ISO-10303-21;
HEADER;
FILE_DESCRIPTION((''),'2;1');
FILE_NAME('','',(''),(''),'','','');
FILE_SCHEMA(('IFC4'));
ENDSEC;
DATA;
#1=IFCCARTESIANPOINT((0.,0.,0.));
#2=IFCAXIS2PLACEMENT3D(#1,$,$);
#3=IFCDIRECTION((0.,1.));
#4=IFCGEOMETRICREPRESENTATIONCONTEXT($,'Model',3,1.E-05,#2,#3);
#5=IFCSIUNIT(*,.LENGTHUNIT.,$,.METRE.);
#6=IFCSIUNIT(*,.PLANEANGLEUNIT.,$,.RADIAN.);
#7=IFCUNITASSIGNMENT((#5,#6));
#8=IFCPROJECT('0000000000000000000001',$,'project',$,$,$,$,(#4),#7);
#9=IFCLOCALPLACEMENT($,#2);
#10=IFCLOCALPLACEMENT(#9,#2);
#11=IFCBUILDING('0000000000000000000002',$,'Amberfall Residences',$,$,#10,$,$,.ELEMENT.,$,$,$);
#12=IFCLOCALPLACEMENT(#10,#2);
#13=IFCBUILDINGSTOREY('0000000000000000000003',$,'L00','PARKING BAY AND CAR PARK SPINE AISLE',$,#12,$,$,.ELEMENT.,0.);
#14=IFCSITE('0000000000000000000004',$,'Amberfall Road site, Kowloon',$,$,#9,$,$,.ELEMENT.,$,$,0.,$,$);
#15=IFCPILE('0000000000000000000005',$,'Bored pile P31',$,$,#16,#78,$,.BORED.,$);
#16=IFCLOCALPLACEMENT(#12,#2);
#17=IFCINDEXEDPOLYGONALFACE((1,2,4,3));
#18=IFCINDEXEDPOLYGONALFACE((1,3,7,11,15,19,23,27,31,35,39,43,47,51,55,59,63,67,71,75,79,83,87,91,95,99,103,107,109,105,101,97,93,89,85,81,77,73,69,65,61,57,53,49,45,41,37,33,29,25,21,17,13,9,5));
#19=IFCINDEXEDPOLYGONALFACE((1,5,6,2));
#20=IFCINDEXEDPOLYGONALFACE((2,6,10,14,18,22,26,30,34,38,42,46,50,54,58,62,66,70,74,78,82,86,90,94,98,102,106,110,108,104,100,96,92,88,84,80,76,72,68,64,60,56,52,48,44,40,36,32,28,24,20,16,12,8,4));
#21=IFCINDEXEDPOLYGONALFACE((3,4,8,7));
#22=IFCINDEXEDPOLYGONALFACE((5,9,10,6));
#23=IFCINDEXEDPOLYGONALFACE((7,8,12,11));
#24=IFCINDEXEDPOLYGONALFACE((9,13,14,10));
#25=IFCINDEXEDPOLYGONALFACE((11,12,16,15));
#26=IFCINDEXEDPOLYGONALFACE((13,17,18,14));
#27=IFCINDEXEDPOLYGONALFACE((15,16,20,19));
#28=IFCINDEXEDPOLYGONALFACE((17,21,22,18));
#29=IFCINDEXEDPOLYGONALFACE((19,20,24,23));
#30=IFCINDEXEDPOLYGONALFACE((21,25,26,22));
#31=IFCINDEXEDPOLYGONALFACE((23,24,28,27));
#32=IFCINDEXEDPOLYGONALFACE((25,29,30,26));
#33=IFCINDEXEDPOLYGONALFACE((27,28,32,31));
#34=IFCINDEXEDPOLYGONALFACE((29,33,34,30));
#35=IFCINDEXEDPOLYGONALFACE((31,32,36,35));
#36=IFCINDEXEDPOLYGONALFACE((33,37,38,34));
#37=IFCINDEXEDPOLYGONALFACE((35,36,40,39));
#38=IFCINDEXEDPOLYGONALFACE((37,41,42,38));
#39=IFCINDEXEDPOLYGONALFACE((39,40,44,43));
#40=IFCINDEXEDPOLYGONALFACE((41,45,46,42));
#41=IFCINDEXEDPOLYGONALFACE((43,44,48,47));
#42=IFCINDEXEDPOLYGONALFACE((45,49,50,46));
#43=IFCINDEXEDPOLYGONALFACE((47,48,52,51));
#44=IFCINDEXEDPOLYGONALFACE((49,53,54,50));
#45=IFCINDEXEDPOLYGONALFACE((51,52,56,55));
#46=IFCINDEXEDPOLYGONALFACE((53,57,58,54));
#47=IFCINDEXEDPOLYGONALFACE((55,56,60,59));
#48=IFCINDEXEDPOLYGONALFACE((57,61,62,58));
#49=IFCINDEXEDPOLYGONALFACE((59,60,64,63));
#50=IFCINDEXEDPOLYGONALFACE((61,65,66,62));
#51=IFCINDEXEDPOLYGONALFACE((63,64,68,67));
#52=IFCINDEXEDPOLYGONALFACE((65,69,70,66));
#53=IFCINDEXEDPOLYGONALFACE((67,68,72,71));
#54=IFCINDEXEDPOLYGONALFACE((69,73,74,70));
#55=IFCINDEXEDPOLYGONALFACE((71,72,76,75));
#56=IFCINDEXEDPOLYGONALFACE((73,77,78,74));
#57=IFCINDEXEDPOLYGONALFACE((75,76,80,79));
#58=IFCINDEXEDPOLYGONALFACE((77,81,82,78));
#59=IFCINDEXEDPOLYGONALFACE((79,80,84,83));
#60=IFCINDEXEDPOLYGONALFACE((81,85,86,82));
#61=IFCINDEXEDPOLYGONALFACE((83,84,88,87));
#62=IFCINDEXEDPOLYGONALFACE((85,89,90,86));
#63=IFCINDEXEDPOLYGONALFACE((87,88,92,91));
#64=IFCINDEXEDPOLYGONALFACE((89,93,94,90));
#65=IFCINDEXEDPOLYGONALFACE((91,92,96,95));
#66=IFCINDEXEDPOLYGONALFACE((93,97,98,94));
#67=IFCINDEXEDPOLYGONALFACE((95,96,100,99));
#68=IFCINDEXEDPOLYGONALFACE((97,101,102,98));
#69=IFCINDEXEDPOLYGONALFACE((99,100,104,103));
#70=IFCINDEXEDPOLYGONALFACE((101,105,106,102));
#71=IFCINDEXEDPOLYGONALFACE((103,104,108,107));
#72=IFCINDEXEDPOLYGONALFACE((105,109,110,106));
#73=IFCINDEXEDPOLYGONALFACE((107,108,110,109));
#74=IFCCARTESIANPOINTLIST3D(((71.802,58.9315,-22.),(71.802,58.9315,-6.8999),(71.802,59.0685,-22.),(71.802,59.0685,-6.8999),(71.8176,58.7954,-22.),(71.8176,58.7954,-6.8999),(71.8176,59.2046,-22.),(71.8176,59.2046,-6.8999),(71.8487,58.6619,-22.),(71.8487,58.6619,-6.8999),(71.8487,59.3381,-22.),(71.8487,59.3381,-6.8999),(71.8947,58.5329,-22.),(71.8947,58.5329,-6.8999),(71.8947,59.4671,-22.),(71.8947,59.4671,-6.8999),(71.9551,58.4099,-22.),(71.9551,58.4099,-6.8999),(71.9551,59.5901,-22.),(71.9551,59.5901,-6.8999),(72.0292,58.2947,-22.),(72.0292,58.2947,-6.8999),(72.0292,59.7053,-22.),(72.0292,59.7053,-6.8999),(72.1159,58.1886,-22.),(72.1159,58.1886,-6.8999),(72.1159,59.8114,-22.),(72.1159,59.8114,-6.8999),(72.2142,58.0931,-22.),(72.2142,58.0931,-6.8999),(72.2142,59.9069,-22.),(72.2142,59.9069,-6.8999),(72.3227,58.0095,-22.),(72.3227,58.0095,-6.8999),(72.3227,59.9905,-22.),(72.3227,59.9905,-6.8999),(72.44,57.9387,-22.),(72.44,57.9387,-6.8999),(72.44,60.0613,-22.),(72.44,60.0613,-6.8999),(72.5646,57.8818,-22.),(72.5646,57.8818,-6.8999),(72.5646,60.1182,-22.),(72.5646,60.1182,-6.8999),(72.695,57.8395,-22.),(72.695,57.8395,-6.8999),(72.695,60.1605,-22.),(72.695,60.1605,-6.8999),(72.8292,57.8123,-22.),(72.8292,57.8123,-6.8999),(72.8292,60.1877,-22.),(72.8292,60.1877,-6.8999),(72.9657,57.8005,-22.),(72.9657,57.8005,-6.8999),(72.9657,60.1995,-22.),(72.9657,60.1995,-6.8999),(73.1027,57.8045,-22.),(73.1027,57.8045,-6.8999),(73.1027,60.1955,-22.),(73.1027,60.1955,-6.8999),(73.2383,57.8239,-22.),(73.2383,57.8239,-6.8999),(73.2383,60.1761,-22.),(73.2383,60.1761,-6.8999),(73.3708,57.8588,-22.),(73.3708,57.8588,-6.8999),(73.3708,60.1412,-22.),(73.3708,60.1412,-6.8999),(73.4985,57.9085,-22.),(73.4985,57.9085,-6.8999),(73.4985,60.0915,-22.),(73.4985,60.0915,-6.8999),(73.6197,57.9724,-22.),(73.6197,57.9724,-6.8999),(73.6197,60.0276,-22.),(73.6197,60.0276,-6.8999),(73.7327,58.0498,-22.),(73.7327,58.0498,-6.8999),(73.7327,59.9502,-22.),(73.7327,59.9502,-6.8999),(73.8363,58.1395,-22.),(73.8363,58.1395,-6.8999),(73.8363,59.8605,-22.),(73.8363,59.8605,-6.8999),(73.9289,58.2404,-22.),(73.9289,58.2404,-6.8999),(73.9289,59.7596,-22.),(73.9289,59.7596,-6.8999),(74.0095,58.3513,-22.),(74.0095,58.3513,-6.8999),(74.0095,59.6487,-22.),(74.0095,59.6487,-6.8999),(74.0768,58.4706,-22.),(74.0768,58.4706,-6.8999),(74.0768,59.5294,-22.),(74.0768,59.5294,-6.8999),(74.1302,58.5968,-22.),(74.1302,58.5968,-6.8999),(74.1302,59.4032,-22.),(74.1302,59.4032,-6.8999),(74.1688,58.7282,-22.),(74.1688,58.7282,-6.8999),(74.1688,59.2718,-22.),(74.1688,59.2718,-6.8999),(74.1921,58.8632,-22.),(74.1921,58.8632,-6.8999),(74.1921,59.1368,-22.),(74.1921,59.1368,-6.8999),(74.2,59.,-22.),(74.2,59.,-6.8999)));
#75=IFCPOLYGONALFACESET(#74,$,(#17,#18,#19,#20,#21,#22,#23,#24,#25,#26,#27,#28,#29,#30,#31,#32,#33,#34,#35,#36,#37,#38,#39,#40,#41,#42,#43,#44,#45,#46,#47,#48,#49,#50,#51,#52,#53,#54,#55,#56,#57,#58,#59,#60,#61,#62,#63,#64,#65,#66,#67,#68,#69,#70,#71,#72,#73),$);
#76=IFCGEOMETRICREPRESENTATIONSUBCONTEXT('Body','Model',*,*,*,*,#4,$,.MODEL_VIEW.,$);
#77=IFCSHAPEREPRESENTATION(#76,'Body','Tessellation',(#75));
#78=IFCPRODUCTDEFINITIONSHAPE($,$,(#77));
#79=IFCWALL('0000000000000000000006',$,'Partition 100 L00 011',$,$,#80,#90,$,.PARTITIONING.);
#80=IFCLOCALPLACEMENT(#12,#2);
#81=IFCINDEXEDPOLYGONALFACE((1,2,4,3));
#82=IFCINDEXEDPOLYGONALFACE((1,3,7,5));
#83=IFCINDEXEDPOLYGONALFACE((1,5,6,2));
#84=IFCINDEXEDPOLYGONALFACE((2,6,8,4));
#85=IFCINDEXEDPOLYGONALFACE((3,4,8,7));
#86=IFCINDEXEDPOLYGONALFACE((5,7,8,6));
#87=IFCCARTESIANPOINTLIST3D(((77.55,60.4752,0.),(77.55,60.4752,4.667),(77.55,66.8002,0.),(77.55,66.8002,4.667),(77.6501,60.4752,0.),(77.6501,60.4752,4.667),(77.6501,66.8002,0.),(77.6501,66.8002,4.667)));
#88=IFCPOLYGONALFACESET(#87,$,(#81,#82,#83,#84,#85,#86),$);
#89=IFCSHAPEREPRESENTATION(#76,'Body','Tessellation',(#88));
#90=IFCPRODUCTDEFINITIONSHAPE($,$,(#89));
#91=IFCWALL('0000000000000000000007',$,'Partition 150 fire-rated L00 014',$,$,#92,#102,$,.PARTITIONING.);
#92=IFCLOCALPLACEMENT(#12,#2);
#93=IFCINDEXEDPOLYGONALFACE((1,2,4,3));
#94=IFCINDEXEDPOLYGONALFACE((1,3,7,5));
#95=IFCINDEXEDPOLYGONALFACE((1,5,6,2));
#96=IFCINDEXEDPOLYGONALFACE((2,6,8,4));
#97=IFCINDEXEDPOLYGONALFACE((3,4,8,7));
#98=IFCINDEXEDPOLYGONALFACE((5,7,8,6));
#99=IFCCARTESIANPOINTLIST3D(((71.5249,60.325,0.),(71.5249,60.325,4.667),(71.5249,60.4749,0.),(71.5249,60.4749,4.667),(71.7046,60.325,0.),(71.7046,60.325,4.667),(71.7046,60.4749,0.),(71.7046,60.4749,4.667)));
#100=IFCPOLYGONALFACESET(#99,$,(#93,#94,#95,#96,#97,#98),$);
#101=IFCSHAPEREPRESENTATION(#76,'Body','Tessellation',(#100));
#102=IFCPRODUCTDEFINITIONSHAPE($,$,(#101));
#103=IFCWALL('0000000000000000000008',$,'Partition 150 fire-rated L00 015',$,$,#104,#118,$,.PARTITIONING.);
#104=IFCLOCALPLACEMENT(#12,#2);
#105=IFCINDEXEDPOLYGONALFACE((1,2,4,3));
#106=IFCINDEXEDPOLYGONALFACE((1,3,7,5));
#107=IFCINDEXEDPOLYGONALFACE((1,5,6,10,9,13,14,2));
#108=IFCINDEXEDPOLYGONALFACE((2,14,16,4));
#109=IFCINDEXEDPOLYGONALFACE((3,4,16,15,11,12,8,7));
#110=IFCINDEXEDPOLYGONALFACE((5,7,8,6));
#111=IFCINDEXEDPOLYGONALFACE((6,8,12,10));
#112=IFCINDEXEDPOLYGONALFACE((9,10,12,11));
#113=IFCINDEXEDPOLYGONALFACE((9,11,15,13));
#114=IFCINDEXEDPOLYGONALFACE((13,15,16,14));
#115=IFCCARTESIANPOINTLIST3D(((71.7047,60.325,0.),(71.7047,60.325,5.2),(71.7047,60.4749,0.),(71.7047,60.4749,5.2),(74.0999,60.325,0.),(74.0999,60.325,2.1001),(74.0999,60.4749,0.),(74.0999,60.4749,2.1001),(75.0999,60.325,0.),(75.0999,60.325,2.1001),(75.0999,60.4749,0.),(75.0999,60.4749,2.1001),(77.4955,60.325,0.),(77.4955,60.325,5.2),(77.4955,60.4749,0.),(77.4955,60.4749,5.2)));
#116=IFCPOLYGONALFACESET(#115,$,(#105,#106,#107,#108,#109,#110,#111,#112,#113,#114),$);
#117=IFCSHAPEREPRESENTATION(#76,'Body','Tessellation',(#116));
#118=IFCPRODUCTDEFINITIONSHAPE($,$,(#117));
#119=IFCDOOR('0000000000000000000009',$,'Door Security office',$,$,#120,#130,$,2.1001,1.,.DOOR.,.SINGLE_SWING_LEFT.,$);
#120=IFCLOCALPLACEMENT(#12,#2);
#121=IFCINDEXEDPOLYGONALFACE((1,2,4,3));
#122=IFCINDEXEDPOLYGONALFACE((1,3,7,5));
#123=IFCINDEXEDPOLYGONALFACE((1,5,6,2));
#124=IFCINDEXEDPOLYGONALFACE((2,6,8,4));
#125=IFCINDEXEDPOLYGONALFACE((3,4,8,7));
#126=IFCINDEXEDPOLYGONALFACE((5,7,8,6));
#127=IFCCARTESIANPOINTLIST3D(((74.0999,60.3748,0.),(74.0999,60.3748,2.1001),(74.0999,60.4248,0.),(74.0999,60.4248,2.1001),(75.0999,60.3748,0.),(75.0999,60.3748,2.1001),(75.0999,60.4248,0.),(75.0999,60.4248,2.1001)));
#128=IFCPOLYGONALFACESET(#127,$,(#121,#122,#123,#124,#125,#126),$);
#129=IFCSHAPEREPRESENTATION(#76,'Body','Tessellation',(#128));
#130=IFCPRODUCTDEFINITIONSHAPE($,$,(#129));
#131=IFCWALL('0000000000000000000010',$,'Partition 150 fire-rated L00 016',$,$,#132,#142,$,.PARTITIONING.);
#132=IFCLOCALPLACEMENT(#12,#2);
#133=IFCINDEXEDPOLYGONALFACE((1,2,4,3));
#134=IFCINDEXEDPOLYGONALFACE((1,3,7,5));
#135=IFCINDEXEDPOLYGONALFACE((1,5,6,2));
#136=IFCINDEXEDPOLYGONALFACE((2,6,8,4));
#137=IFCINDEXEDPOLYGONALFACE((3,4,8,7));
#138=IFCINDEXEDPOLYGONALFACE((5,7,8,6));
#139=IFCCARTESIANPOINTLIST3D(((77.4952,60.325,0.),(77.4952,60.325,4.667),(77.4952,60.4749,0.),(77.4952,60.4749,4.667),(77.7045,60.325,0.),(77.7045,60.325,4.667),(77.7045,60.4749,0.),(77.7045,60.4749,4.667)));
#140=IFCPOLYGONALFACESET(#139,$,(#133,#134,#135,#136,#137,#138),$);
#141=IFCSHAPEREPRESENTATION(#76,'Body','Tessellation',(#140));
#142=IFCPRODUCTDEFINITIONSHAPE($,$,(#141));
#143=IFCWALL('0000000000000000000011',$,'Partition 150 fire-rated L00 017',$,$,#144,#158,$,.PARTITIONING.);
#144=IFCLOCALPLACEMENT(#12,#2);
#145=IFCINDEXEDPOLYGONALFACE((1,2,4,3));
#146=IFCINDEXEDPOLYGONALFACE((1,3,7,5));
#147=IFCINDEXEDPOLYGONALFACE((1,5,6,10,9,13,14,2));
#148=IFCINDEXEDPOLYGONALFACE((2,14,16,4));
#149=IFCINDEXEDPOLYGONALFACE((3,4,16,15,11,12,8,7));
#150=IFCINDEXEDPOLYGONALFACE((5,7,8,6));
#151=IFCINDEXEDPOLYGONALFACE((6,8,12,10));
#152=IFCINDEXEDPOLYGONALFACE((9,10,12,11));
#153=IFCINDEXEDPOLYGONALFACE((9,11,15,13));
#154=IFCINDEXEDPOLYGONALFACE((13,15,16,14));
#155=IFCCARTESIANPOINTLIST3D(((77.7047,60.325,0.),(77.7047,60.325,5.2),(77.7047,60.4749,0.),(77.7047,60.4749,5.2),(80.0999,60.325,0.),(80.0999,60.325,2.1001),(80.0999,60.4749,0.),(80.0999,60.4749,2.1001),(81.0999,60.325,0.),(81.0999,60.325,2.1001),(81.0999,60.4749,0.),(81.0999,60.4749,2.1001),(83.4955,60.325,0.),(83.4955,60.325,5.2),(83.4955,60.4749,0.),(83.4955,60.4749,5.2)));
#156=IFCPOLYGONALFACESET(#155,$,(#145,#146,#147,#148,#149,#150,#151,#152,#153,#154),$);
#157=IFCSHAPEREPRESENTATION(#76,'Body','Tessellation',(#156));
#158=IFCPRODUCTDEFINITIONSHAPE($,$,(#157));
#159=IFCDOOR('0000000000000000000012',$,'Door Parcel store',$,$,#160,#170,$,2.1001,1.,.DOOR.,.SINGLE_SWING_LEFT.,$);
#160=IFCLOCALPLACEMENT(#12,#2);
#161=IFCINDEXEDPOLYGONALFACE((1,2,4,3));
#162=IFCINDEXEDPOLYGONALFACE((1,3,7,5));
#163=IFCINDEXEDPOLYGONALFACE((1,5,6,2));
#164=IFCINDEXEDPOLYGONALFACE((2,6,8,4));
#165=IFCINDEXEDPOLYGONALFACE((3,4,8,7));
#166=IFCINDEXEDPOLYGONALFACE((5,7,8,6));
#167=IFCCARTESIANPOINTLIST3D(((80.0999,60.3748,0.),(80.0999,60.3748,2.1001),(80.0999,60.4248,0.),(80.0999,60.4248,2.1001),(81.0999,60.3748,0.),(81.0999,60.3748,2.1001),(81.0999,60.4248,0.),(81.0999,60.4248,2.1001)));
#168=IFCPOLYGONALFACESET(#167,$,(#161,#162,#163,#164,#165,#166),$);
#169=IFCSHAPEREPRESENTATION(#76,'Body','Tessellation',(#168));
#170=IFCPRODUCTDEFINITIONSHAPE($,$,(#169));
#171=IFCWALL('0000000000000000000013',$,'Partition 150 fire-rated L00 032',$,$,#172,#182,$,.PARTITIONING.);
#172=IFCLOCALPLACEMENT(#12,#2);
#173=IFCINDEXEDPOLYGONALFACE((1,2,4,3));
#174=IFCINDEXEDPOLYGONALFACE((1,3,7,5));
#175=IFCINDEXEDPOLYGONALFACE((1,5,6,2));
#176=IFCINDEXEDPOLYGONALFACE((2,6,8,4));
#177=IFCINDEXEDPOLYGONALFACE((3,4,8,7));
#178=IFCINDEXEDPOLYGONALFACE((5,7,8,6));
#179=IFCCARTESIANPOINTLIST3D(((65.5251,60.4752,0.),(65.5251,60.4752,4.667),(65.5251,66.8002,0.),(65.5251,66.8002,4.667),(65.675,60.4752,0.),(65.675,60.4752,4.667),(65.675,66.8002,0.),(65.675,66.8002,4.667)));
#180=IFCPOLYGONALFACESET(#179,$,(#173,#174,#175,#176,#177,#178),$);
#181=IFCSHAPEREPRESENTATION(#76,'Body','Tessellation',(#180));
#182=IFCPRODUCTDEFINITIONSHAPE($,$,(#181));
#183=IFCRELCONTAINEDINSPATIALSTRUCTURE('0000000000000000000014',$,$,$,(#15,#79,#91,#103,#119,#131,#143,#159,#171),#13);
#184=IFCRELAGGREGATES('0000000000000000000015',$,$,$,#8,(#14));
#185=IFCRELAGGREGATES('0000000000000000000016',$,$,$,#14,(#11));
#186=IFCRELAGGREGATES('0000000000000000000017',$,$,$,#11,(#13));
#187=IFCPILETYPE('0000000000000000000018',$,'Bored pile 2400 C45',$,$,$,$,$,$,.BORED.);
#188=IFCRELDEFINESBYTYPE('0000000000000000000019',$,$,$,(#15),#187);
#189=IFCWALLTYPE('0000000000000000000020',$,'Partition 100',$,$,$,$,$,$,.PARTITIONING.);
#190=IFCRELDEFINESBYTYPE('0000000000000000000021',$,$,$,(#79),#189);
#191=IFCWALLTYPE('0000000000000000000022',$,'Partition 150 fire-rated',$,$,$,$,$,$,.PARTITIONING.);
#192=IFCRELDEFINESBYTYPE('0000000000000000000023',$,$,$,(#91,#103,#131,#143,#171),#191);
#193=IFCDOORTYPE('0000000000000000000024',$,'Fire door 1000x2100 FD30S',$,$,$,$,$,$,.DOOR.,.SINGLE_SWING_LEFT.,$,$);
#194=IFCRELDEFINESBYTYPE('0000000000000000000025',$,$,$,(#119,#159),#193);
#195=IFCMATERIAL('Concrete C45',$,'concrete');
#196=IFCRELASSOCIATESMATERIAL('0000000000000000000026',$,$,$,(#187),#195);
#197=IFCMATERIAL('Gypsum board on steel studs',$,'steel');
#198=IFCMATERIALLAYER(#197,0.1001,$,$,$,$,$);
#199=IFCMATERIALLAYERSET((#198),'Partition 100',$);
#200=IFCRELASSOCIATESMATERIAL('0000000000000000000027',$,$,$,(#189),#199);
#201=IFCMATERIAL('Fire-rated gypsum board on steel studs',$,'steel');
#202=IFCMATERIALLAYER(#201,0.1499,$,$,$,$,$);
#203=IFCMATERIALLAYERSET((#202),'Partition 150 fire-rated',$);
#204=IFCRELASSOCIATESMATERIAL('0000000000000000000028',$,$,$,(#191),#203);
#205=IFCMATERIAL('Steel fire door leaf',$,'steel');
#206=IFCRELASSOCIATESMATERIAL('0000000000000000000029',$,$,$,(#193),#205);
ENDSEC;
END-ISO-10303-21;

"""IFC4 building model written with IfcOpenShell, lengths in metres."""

from ifc_helpers import new_model, si_unit, direction, frame, frame_2d, origin, origin_2d, place, context, subcontext, project, spatial, rectangle, circle, extrude, material, layer, layer_set, material_profile, profile_set, type_object, element, fill, save


model = new_model("IFC4")

# Units and contexts
model_context = context("Model", 3, precision=1e-05, world=origin(), true_north=direction((0.0, 1.0)))
body_context = subcontext(model_context, "Body", "Model", "MODEL_VIEW")
ifc_project = project(units=[si_unit("LENGTHUNIT", "METRE"), si_unit("PLANEANGLEUNIT", "RADIAN")], contexts=[model_context])

# Site, building, storey
site_placement = place(None, origin())
site = spatial("IfcSite", under=ifc_project, at=site_placement, Name="Amberfall Road site, Kowloon", CompositionType="ELEMENT", RefElevation=0.0)
building_placement = place(site_placement, origin())
building = spatial("IfcBuilding", under=site, at=building_placement, Name="Amberfall Residences", CompositionType="ELEMENT")
storey_placement = place(building_placement, origin())
storey = spatial("IfcBuildingStorey", under=building, at=storey_placement, Name="L00", Description="PARKING BAY AND CAR PARK SPINE AISLE", CompositionType="ELEMENT", Elevation=0.0)

# Pile
ifc_material_1 = material(Name="Concrete C45", Category="concrete")
ifc_material_profile = material_profile(ifc_material_1, circle(Radius=1.2, at=origin_2d()), Name="Bored pile 2400 C45")
ifc_profile_set = profile_set([ifc_material_profile], Name="Concrete C45")
pile_type = type_object("IfcPileType", Name="Bored pile 2400 C45", PredefinedType="BORED", material=ifc_profile_set)
for number, where, z_axis, x_axis, name in (
    (1, (73.0, 59.0, -6.8999), (0.0, 0.0, -1.0), (1.0, 0.0, 0.0), "Bored pile P31"),
):
    element("IfcPile", number, at=place(storey_placement, frame(where, z_axis=z_axis, x_axis=x_axis)), inside=storey, type_object=pile_type, Name=name, PredefinedType="BORED", context=body_context, shape_type="SweptSolid", body=[
        extrude(circle(Radius=1.2, at=origin_2d()), origin(), (0.0, 0.0, 1.0), 15.1001),
    ])

# Walls
ifc_material_2 = material(Name="Gypsum board on steel studs", Category="steel")
ifc_layer_1 = layer(ifc_material_2, 0.1001)
ifc_layer_set_1 = layer_set([ifc_layer_1], Name="Partition 100")
wall_type_1 = type_object("IfcWallType", Name="Partition 100", PredefinedType="PARTITIONING", material=ifc_layer_set_1)
wall_1_placement = place(storey_placement, frame((77.6001, 60.4751, 0.0), z_axis=(0.0, 0.0, 1.0), x_axis=(0.0, 1.0, 0.0)))
element("IfcWall", 2, at=wall_1_placement, inside=storey, type_object=wall_type_1, Name="Partition 100 L00 011", PredefinedType="PARTITIONING", context=body_context, shape_type="SweptSolid", body=[
    extrude(rectangle(XDim=6.325, YDim=0.1001, at=frame_2d((3.1626, 0.0))), origin(), (0.0, 0.0, 1.0), 4.667),
])
ifc_material_3 = material(Name="Fire-rated gypsum board on steel studs", Category="steel")
ifc_layer_2 = layer(ifc_material_3, 0.1499)
ifc_layer_set_2 = layer_set([ifc_layer_2], Name="Partition 150 fire-rated")
wall_type_2 = type_object("IfcWallType", Name="Partition 150 fire-rated", PredefinedType="PARTITIONING", material=ifc_layer_set_2)
wall_2_placement = place(storey_placement, frame((71.5249, 60.3999, 0.0), z_axis=(0.0, 0.0, 1.0), x_axis=(1.0, 0.0, 0.0)))
element("IfcWall", 3, at=wall_2_placement, inside=storey, type_object=wall_type_2, Name="Partition 150 fire-rated L00 014", PredefinedType="PARTITIONING", context=body_context, shape_type="SweptSolid", body=[
    extrude(rectangle(XDim=0.1797, YDim=0.1499, at=frame_2d((0.0898, 0.0))), origin(), (0.0, 0.0, 1.0), 4.667),
])

# Wall, opening, door
wall_3_placement = place(storey_placement, frame((71.7046, 60.3999, 0.0), z_axis=(0.0, 0.0, 1.0), x_axis=(1.0, 0.0, 0.0)))
wall_3 = element("IfcWall", 4, at=wall_3_placement, inside=storey, type_object=wall_type_2, Name="Partition 150 fire-rated L00 015", PredefinedType="PARTITIONING", context=body_context, shape_type="SweptSolid", body=[
    extrude(rectangle(XDim=5.7908, YDim=0.1499, at=frame_2d((2.8955, 0.0))), origin(), (0.0, 0.0, 1.0), 5.2),
])
opening_1_placement = place(wall_3_placement, frame((2.3953, 0.0, 0.0)))
opening_1 = element("IfcOpeningElement", 5, at=opening_1_placement, cuts=wall_3, PredefinedType="OPENING", context=body_context, shape_type="SweptSolid", body=[
    extrude(rectangle(XDim=1.0, YDim=2.1001, at=frame_2d((0.5, 1.05))), frame((0.0, 0.085, 0.0), z_axis=(0.0, -1.0, 0.0), x_axis=(1.0, 0.0, 0.0)), (0.0, 0.0, 1.0), 0.1699),
])
ifc_material_4 = material(Name="Steel fire door leaf", Category="steel")
door_type = type_object("IfcDoorType", Name="Fire door 1000x2100 FD30S", OperationType="SINGLE_SWING_LEFT", PredefinedType="DOOR", material=ifc_material_4)
door_1_placement = place(opening_1_placement, origin())
door_1 = element("IfcDoor", 6, at=door_1_placement, inside=storey, type_object=door_type, Name="Door Security office", OperationType="SINGLE_SWING_LEFT", OverallHeight=2.1001, OverallWidth=1.0, PredefinedType="DOOR", context=body_context, shape_type="SweptSolid", body=[
    extrude(rectangle(XDim=1.0, YDim=2.1001, at=frame_2d((0.5, 1.05))), frame((0.0, 0.0249, 0.0), z_axis=(0.0, -1.0, 0.0), x_axis=(1.0, 0.0, 0.0)), (0.0, 0.0, 1.0), 0.05),
])
fill(opening_1, door_1)

# Wall
wall_4_placement = place(storey_placement, frame((77.4954, 60.3999, 0.0), z_axis=(0.0, 0.0, 1.0), x_axis=(1.0, 0.0, 0.0)))
element("IfcWall", 7, at=wall_4_placement, inside=storey, type_object=wall_type_2, Name="Partition 150 fire-rated L00 016", PredefinedType="PARTITIONING", context=body_context, shape_type="SweptSolid", body=[
    extrude(rectangle(XDim=0.2092, YDim=0.1499, at=frame_2d((0.1045, 0.0))), origin(), (0.0, 0.0, 1.0), 4.667),
])

# Wall, opening, door
wall_5_placement = place(storey_placement, frame((77.7046, 60.3999, 0.0), z_axis=(0.0, 0.0, 1.0), x_axis=(1.0, 0.0, 0.0)))
wall_5 = element("IfcWall", 8, at=wall_5_placement, inside=storey, type_object=wall_type_2, Name="Partition 150 fire-rated L00 017", PredefinedType="PARTITIONING", context=body_context, shape_type="SweptSolid", body=[
    extrude(rectangle(XDim=5.7908, YDim=0.1499, at=frame_2d((2.8955, 0.0))), origin(), (0.0, 0.0, 1.0), 5.2),
])
opening_2_placement = place(wall_5_placement, frame((2.3953, 0.0, 0.0)))
opening_2 = element("IfcOpeningElement", 9, at=opening_2_placement, cuts=wall_5, PredefinedType="OPENING", context=body_context, shape_type="SweptSolid", body=[
    extrude(rectangle(XDim=1.0, YDim=2.1001, at=frame_2d((0.5, 1.05))), frame((0.0, 0.085, 0.0), z_axis=(0.0, -1.0, 0.0), x_axis=(1.0, 0.0, 0.0)), (0.0, 0.0, 1.0), 0.1699),
])
door_2_placement = place(opening_2_placement, origin())
door_2 = element("IfcDoor", 10, at=door_2_placement, inside=storey, type_object=door_type, Name="Door Parcel store", OperationType="SINGLE_SWING_LEFT", OverallHeight=2.1001, OverallWidth=1.0, PredefinedType="DOOR", context=body_context, shape_type="SweptSolid", body=[
    extrude(rectangle(XDim=1.0, YDim=2.1001, at=frame_2d((0.5, 1.05))), frame((0.0, 0.0249, 0.0), z_axis=(0.0, -1.0, 0.0), x_axis=(1.0, 0.0, 0.0)), (0.0, 0.0, 1.0), 0.05),
])
fill(opening_2, door_2)

# Wall
for number, where, z_axis, x_axis, name in (
    (11, (65.6001, 60.4751, 0.0), (0.0, 0.0, 1.0), (0.0, 1.0, 0.0), "Partition 150 fire-rated L00 032"),
):
    element("IfcWall", number, at=place(storey_placement, frame(where, z_axis=z_axis, x_axis=x_axis)), inside=storey, type_object=wall_type_2, Name=name, PredefinedType="PARTITIONING", context=body_context, shape_type="SweptSolid", body=[
        extrude(rectangle(XDim=6.325, YDim=0.1499, at=frame_2d((3.1626, 0.0))), origin(), (0.0, 0.0, 1.0), 4.667),
    ])

save(model, "model.ifc")
